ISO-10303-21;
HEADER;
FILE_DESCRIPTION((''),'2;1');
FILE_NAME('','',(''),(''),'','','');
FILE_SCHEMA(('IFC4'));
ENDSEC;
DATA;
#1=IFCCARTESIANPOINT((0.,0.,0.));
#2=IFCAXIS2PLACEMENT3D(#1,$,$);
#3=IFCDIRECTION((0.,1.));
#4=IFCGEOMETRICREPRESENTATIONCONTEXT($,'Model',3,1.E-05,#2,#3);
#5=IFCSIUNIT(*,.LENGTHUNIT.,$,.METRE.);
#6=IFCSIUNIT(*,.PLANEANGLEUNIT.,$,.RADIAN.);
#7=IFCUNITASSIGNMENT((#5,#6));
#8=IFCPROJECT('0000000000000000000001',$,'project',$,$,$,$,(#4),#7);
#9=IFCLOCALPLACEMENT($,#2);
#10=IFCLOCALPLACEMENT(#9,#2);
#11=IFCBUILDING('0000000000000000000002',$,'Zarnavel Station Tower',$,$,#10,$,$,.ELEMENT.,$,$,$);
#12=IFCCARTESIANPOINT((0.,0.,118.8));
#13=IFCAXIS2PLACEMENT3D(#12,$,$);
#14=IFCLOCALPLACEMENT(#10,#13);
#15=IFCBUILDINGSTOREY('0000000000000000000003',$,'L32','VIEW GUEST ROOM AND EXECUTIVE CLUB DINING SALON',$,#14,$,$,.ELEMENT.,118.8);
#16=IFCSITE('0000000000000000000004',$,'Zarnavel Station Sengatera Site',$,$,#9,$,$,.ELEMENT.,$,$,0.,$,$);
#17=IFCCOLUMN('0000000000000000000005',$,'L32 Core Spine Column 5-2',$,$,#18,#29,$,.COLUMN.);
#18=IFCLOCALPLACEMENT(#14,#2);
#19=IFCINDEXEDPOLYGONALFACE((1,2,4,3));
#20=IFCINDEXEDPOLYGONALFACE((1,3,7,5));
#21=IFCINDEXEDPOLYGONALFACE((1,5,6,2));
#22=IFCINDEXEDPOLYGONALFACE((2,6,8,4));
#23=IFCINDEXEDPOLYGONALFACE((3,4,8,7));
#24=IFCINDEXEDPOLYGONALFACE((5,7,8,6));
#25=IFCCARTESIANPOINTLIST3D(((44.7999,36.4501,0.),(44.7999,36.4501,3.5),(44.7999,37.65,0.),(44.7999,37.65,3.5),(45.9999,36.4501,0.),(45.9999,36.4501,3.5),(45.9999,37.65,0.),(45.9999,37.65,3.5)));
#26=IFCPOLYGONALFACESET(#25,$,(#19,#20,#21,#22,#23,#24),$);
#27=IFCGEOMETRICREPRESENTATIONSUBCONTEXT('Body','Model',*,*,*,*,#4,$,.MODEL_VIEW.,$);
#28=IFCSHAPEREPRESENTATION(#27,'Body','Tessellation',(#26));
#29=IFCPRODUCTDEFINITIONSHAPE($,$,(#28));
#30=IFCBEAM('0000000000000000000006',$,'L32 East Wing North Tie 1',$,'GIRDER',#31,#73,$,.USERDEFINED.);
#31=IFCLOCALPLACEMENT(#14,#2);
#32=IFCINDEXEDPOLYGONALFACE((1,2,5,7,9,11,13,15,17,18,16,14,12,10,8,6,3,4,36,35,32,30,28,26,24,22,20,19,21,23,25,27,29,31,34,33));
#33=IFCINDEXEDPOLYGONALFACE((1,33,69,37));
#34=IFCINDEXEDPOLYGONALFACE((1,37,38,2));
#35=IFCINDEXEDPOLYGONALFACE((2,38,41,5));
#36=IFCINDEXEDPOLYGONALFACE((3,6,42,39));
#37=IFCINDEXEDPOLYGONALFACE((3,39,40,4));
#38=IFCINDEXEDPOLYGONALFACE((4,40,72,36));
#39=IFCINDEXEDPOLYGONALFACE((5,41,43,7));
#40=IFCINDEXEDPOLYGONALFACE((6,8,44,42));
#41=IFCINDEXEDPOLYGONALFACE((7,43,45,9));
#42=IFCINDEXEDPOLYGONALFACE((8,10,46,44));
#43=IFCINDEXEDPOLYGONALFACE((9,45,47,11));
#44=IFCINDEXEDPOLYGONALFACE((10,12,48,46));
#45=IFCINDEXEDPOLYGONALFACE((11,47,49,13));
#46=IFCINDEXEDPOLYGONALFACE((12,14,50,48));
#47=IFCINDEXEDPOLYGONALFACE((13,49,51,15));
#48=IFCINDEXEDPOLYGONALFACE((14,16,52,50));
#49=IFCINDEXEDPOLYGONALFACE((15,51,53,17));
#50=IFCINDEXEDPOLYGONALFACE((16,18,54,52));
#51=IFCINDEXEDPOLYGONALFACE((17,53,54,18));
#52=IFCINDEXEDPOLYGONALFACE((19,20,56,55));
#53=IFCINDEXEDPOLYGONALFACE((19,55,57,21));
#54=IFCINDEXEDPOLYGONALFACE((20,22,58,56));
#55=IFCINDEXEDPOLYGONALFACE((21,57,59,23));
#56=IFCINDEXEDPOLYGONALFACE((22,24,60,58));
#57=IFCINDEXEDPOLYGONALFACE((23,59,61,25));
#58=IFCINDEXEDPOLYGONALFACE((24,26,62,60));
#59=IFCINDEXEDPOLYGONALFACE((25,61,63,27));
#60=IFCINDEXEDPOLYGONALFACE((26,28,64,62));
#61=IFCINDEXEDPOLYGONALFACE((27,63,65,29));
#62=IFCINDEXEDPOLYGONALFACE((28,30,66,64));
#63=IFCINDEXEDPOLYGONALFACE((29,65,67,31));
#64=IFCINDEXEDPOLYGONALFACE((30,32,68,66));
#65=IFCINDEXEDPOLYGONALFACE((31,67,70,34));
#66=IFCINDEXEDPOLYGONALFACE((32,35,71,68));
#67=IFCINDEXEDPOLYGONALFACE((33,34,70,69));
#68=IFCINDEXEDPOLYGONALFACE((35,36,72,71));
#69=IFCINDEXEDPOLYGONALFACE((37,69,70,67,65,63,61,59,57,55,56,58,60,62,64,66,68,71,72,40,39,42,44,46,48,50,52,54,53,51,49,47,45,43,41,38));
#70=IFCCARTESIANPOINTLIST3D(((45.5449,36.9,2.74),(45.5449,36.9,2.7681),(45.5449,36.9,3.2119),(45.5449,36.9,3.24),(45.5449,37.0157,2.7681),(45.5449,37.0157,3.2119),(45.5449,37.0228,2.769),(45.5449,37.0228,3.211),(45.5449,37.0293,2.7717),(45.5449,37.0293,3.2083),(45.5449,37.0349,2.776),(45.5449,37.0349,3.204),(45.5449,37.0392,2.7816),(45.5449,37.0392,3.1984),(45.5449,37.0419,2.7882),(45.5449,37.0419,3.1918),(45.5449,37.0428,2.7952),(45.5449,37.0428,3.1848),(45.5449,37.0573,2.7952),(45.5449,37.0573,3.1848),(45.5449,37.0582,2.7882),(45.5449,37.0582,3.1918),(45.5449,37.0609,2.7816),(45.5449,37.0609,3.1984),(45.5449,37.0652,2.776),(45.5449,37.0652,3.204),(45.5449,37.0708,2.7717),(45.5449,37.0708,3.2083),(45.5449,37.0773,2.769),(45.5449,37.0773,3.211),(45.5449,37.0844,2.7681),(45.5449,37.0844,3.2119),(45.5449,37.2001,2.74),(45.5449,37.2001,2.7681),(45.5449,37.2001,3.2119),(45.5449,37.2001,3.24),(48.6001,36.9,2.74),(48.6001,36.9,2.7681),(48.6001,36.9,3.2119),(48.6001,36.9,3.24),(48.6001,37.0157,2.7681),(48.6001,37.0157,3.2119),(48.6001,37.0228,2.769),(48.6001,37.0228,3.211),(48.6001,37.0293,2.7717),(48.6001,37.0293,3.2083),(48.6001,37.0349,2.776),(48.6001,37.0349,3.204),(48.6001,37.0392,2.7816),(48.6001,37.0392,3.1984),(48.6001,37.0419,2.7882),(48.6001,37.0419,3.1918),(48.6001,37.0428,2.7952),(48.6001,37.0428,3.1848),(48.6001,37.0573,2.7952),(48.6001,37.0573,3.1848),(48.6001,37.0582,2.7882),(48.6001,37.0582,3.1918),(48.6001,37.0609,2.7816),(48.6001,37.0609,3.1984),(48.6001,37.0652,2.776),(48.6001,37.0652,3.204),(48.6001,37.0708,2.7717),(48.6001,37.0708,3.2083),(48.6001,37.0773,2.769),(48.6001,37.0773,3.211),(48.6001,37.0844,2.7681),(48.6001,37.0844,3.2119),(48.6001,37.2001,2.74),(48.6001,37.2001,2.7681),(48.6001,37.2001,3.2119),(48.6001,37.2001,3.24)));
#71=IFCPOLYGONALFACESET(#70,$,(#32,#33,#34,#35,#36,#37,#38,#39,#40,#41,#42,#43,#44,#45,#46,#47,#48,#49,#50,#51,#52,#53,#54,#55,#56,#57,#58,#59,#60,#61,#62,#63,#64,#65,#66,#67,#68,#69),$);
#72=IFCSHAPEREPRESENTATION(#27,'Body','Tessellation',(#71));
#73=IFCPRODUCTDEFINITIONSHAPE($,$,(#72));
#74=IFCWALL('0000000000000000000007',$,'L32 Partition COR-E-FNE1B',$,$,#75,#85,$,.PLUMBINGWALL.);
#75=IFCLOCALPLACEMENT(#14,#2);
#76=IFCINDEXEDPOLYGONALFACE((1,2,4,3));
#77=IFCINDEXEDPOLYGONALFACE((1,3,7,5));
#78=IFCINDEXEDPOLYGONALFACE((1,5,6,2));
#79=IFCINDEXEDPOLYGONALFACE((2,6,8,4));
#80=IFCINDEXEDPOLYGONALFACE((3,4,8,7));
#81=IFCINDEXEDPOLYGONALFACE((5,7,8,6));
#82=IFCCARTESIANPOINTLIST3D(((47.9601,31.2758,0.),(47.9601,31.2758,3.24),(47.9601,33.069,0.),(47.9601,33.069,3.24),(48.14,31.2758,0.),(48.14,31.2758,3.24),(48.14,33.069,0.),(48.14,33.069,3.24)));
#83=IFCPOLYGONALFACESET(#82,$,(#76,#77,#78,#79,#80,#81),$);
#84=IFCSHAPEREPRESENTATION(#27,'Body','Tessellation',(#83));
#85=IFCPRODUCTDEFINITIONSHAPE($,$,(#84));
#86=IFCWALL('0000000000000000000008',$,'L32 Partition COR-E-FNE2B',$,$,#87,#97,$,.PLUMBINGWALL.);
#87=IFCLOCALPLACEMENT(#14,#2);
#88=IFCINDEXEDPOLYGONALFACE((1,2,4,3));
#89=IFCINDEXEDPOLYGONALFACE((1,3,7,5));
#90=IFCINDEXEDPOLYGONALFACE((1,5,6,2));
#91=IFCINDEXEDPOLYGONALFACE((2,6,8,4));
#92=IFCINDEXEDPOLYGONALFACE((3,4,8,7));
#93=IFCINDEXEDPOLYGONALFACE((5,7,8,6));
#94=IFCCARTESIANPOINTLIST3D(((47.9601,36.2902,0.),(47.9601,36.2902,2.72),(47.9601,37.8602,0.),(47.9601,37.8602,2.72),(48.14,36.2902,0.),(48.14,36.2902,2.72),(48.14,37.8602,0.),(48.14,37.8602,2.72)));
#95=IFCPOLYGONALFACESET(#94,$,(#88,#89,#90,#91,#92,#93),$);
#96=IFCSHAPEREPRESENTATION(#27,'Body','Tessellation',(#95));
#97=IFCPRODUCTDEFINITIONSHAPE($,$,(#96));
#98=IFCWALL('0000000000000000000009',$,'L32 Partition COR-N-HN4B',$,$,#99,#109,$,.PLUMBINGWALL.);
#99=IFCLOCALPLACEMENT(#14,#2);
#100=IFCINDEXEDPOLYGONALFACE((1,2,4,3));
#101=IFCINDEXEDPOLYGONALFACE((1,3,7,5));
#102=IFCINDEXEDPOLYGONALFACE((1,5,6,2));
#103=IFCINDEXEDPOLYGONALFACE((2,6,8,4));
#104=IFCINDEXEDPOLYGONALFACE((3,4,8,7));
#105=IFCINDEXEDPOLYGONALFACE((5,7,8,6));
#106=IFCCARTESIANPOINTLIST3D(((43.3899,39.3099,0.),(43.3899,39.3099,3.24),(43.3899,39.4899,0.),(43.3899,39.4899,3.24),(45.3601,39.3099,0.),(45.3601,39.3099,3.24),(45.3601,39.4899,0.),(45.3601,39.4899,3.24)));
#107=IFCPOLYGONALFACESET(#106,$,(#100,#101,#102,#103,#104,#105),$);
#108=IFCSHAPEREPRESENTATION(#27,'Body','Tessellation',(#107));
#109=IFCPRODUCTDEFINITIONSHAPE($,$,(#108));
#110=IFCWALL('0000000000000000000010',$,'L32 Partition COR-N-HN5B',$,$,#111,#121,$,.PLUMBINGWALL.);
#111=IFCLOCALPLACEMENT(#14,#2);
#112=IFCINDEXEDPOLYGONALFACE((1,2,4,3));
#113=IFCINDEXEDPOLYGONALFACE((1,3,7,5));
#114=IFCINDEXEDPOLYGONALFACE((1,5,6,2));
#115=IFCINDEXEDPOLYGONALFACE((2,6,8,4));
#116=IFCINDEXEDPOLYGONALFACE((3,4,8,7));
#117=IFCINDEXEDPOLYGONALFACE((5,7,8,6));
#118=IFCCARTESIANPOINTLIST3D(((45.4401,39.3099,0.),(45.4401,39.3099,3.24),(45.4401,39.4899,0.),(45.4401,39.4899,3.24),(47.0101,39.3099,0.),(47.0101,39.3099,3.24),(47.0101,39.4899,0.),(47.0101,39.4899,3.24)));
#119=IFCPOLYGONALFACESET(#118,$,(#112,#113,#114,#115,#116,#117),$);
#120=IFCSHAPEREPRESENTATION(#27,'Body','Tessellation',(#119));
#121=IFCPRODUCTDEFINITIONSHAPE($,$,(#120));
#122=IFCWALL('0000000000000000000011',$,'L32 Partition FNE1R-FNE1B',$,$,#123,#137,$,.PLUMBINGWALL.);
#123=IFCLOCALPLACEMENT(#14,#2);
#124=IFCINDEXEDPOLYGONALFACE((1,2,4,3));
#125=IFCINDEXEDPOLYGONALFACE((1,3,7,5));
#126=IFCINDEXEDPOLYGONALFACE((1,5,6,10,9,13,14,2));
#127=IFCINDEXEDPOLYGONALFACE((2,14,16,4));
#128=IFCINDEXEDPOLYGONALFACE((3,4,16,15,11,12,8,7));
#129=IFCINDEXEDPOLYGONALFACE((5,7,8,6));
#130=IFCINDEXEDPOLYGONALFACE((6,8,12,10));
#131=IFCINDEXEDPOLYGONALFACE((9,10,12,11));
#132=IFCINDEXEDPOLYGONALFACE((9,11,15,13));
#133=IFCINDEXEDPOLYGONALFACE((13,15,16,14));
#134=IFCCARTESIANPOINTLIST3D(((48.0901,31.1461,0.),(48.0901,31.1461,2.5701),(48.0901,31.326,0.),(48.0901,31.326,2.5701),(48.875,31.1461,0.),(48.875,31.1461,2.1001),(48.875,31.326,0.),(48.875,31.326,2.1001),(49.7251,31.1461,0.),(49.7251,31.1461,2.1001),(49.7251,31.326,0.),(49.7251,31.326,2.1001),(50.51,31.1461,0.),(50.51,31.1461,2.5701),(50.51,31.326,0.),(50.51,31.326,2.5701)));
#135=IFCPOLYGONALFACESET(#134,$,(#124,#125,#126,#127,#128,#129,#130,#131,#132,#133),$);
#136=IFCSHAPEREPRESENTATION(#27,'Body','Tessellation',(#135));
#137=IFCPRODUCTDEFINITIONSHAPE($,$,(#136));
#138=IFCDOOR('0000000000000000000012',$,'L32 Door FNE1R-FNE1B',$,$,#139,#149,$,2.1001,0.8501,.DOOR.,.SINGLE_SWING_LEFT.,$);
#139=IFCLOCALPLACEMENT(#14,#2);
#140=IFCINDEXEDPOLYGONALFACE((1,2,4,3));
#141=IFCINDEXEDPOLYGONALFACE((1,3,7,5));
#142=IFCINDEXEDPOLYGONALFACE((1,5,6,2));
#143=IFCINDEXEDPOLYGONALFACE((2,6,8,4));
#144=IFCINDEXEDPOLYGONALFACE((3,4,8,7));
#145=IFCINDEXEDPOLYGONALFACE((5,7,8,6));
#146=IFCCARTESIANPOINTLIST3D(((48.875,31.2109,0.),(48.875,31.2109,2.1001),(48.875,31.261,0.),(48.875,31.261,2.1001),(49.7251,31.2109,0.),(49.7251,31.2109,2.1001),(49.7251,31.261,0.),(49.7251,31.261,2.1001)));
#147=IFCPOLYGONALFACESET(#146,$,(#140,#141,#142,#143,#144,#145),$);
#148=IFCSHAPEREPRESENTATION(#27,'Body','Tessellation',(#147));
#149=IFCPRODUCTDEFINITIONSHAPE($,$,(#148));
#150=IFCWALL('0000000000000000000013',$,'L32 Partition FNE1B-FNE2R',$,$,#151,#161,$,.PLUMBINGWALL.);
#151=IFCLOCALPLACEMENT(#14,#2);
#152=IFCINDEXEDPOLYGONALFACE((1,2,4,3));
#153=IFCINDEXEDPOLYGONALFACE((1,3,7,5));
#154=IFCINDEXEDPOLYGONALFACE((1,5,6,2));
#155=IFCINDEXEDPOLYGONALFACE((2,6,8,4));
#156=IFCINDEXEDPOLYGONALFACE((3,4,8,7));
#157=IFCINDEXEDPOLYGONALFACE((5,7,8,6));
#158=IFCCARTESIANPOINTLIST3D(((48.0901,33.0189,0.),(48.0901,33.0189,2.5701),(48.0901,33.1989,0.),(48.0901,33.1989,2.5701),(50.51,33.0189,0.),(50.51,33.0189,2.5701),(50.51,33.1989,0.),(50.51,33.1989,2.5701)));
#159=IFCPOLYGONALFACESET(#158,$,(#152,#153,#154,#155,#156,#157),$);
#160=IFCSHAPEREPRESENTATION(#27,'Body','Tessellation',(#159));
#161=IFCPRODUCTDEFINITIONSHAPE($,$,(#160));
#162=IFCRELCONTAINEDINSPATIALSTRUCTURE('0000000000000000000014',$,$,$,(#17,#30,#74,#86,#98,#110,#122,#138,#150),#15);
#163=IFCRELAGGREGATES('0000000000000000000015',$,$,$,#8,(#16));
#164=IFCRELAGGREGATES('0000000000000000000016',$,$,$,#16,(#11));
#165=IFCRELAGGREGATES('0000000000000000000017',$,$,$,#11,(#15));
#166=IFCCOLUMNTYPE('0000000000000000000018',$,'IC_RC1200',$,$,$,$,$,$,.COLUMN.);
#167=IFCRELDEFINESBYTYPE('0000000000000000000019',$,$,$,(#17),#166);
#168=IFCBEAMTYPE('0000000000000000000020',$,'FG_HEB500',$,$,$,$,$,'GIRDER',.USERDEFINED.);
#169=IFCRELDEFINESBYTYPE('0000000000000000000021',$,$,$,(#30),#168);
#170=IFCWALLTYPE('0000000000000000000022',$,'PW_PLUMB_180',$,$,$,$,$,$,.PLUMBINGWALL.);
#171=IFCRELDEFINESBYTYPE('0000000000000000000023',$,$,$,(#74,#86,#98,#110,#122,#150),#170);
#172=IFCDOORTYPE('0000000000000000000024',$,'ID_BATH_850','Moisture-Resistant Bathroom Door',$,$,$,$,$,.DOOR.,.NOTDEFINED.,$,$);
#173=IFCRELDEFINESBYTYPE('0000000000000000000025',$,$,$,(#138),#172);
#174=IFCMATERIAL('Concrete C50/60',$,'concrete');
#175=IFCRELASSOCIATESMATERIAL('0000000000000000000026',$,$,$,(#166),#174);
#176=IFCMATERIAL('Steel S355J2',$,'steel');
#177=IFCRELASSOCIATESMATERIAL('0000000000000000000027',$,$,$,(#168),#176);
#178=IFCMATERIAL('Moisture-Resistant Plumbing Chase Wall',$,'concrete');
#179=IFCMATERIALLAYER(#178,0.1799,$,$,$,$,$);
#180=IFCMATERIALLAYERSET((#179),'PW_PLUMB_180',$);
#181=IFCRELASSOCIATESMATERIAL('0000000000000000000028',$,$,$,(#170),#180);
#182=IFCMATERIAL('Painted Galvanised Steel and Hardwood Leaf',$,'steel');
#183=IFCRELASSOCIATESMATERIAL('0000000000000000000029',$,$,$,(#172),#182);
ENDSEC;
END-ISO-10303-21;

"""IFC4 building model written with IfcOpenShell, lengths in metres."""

from ifc_helpers import new_model, si_unit, direction, frame, frame_2d, origin, origin_2d, place, context, subcontext, project, spatial, rectangle, i_section, extrude, material, layer, layer_set, material_profile, profile_set, type_object, element, fill, save


model = new_model("IFC4")

# Units and contexts
model_context = context("Model", 3, precision=1e-05, world=origin(), true_north=direction((0.0, 1.0)))
body_context = subcontext(model_context, "Body", "Model", "MODEL_VIEW")
ifc_project = project(units=[si_unit("LENGTHUNIT", "METRE"), si_unit("PLANEANGLEUNIT", "RADIAN")], contexts=[model_context])

# Site, building, storey
site_placement = place(None, origin())
site = spatial("IfcSite", under=ifc_project, at=site_placement, Name="Zarnavel Station Sengatera Site", CompositionType="ELEMENT", RefElevation=0.0)
building_placement = place(site_placement, origin())
building = spatial("IfcBuilding", under=site, at=building_placement, Name="Zarnavel Station Tower", CompositionType="ELEMENT")
storey_placement = place(building_placement, frame((0.0, 0.0, 118.8)))
storey = spatial("IfcBuildingStorey", under=building, at=storey_placement, Name="L32", Description="VIEW GUEST ROOM AND EXECUTIVE CLUB DINING SALON", CompositionType="ELEMENT", Elevation=118.8)

# Column
ifc_material_1 = material(Name="Concrete C50/60", Category="concrete")
ifc_material_profile_1 = material_profile(ifc_material_1, rectangle(XDim=1.2, YDim=1.2, at=origin_2d()), Name="RC1200x1200")
ifc_profile_set_1 = profile_set([ifc_material_profile_1], Name="Concrete C50/60")
column_type = type_object("IfcColumnType", Name="IC_RC1200", PredefinedType="COLUMN", material=ifc_profile_set_1)
column_placement = place(storey_placement, frame((45.3999, 37.05, 0.0), z_axis=(0.0, 0.0, 1.0), x_axis=(1.0, 0.0, 0.0)))
element("IfcColumn", 1, at=column_placement, inside=storey, type_object=column_type, Name="L32 Core Spine Column 5-2", PredefinedType="COLUMN", context=body_context, shape_type="SweptSolid", body=[
    extrude(rectangle(XDim=1.2, YDim=1.2, at=origin_2d()), origin(), (0.0, 0.0, 1.0), 3.5),
])

# Beam
ifc_material_2 = material(Name="Steel S355J2", Category="steel")
ifc_material_profile_2 = material_profile(ifc_material_2, i_section(OverallWidth=0.3, OverallDepth=0.5, WebThickness=0.0144, FlangeThickness=0.0281, FilletRadius=0.0271, at=origin_2d()), Name="HEB500")
ifc_profile_set_2 = profile_set([ifc_material_profile_2], Name="Steel S355J2")
beam_type = type_object("IfcBeamType", Name="FG_HEB500", ElementType="GIRDER", PredefinedType="USERDEFINED", material=ifc_profile_set_2)
beam_placement = place(storey_placement, frame((45.5449, 37.05, 2.99), z_axis=(1.0, 0.0, 0.0), x_axis=(0.0, 1.0, 0.0)))
element("IfcBeam", 2, at=beam_placement, inside=storey, type_object=beam_type, Name="L32 East Wing North Tie 1", ObjectType="GIRDER", PredefinedType="USERDEFINED", context=body_context, shape_type="SweptSolid", body=[
    extrude(i_section(OverallWidth=0.3, OverallDepth=0.5, WebThickness=0.0144, FlangeThickness=0.0281, FilletRadius=0.0271, at=origin_2d()), origin(), (0.0, 0.0, 1.0), 3.0552),
])

# Walls
ifc_material_3 = material(Name="Moisture-Resistant Plumbing Chase Wall", Category="concrete")
ifc_layer_1 = layer(ifc_material_3, 0.1799)
ifc_layer_set_1 = layer_set([ifc_layer_1], Name="PW_PLUMB_180")
wall_type_1 = type_object("IfcWallType", Name="PW_PLUMB_180", PredefinedType="PLUMBINGWALL", material=ifc_layer_set_1)
wall_1_placement = place(storey_placement, frame((48.05, 31.2759, 0.0), z_axis=(0.0, 0.0, 1.0), x_axis=(0.0, 1.0, 0.0)))
element("IfcWall", 3, at=wall_1_placement, inside=storey, type_object=wall_type_1, Name="L32 Partition COR-E-FNE1B", PredefinedType="PLUMBINGWALL", context=body_context, shape_type="SweptSolid", body=[
    extrude(rectangle(XDim=1.7932, YDim=0.1799, at=frame_2d((0.8965, 0.0))), origin(), (0.0, 0.0, 1.0), 3.24),
])
wall_2_placement = place(storey_placement, frame((48.05, 36.29, 0.0), z_axis=(0.0, 0.0, 1.0), x_axis=(0.0, 1.0, 0.0)))
element("IfcWall", 4, at=wall_2_placement, inside=storey, type_object=wall_type_1, Name="L32 Partition COR-E-FNE2B", PredefinedType="PLUMBINGWALL", context=body_context, shape_type="SweptSolid", body=[
    extrude(rectangle(XDim=1.5701, YDim=0.1799, at=frame_2d((0.7852, 0.0))), origin(), (0.0, 0.0, 1.0), 2.72),
])
wall_3_placement = place(storey_placement, frame((43.3899, 39.3999, 0.0), z_axis=(0.0, 0.0, 1.0), x_axis=(1.0, 0.0, 0.0)))
element("IfcWall", 5, at=wall_3_placement, inside=storey, type_object=wall_type_1, Name="L32 Partition COR-N-HN4B", PredefinedType="PLUMBINGWALL", context=body_context, shape_type="SweptSolid", body=[
    extrude(rectangle(XDim=1.9702, YDim=0.1799, at=frame_2d((0.9851, 0.0))), origin(), (0.0, 0.0, 1.0), 3.24),
])
wall_4_placement = place(storey_placement, frame((45.4399, 39.3999, 0.0), z_axis=(0.0, 0.0, 1.0), x_axis=(1.0, 0.0, 0.0)))
element("IfcWall", 6, at=wall_4_placement, inside=storey, type_object=wall_type_1, Name="L32 Partition COR-N-HN5B", PredefinedType="PLUMBINGWALL", context=body_context, shape_type="SweptSolid", body=[
    extrude(rectangle(XDim=1.5701, YDim=0.1799, at=frame_2d((0.7852, 0.0))), origin(), (0.0, 0.0, 1.0), 3.24),
])

# Wall, opening, door
wall_5_placement = place(storey_placement, frame((48.0901, 31.2361, 0.0), z_axis=(0.0, 0.0, 1.0), x_axis=(1.0, 0.0, 0.0)))
wall_5 = element("IfcWall", 7, at=wall_5_placement, inside=storey, type_object=wall_type_1, Name="L32 Partition FNE1R-FNE1B", PredefinedType="PLUMBINGWALL", context=body_context, shape_type="SweptSolid", body=[
    extrude(rectangle(XDim=2.4199, YDim=0.1799, at=frame_2d((1.21, 0.0))), origin(), (0.0, 0.0, 1.0), 2.5701),
])
opening_1_placement = place(wall_5_placement, frame((0.7849, 0.0, 0.0)))
opening_1 = element("IfcOpeningElement", 8, at=opening_1_placement, cuts=wall_5, PredefinedType="OPENING", context=body_context, shape_type="SweptSolid", body=[
    extrude(rectangle(XDim=0.8501, YDim=2.1001, at=frame_2d((0.425, 1.05))), frame((0.0, 0.0999, 0.0), z_axis=(0.0, -1.0, 0.0), x_axis=(1.0, 0.0, 0.0)), (0.0, 0.0, 1.0), 0.2),
])
ifc_material_4 = material(Name="Painted Galvanised Steel and Hardwood Leaf", Category="steel")
door_type_1 = type_object("IfcDoorType", Name="ID_BATH_850", Description="Moisture-Resistant Bathroom Door", OperationType="NOTDEFINED", PredefinedType="DOOR", material=ifc_material_4)
door_1_placement = place(opening_1_placement, origin())
door_1 = element("IfcDoor", 9, at=door_1_placement, inside=storey, type_object=door_type_1, Name="L32 Door FNE1R-FNE1B", OperationType="SINGLE_SWING_LEFT", OverallHeight=2.1001, OverallWidth=0.8501, PredefinedType="DOOR", context=body_context, shape_type="SweptSolid", body=[
    extrude(rectangle(XDim=0.8501, YDim=2.1001, at=frame_2d((0.425, 1.05))), frame((0.0, 0.0249, 0.0), z_axis=(0.0, -1.0, 0.0), x_axis=(1.0, 0.0, 0.0)), (0.0, 0.0, 1.0), 0.05),
])
fill(opening_1, door_1)

# Wall
wall_6_placement = place(storey_placement, frame((48.0901, 33.1089, 0.0), z_axis=(0.0, 0.0, 1.0), x_axis=(1.0, 0.0, 0.0)))
element("IfcWall", 10, at=wall_6_placement, inside=storey, type_object=wall_type_1, Name="L32 Partition FNE1B-FNE2R", PredefinedType="PLUMBINGWALL", context=body_context, shape_type="SweptSolid", body=[
    extrude(rectangle(XDim=2.4199, YDim=0.1799, at=frame_2d((1.21, 0.0))), origin(), (0.0, 0.0, 1.0), 2.5701),
])

save(model, "model.ifc")
